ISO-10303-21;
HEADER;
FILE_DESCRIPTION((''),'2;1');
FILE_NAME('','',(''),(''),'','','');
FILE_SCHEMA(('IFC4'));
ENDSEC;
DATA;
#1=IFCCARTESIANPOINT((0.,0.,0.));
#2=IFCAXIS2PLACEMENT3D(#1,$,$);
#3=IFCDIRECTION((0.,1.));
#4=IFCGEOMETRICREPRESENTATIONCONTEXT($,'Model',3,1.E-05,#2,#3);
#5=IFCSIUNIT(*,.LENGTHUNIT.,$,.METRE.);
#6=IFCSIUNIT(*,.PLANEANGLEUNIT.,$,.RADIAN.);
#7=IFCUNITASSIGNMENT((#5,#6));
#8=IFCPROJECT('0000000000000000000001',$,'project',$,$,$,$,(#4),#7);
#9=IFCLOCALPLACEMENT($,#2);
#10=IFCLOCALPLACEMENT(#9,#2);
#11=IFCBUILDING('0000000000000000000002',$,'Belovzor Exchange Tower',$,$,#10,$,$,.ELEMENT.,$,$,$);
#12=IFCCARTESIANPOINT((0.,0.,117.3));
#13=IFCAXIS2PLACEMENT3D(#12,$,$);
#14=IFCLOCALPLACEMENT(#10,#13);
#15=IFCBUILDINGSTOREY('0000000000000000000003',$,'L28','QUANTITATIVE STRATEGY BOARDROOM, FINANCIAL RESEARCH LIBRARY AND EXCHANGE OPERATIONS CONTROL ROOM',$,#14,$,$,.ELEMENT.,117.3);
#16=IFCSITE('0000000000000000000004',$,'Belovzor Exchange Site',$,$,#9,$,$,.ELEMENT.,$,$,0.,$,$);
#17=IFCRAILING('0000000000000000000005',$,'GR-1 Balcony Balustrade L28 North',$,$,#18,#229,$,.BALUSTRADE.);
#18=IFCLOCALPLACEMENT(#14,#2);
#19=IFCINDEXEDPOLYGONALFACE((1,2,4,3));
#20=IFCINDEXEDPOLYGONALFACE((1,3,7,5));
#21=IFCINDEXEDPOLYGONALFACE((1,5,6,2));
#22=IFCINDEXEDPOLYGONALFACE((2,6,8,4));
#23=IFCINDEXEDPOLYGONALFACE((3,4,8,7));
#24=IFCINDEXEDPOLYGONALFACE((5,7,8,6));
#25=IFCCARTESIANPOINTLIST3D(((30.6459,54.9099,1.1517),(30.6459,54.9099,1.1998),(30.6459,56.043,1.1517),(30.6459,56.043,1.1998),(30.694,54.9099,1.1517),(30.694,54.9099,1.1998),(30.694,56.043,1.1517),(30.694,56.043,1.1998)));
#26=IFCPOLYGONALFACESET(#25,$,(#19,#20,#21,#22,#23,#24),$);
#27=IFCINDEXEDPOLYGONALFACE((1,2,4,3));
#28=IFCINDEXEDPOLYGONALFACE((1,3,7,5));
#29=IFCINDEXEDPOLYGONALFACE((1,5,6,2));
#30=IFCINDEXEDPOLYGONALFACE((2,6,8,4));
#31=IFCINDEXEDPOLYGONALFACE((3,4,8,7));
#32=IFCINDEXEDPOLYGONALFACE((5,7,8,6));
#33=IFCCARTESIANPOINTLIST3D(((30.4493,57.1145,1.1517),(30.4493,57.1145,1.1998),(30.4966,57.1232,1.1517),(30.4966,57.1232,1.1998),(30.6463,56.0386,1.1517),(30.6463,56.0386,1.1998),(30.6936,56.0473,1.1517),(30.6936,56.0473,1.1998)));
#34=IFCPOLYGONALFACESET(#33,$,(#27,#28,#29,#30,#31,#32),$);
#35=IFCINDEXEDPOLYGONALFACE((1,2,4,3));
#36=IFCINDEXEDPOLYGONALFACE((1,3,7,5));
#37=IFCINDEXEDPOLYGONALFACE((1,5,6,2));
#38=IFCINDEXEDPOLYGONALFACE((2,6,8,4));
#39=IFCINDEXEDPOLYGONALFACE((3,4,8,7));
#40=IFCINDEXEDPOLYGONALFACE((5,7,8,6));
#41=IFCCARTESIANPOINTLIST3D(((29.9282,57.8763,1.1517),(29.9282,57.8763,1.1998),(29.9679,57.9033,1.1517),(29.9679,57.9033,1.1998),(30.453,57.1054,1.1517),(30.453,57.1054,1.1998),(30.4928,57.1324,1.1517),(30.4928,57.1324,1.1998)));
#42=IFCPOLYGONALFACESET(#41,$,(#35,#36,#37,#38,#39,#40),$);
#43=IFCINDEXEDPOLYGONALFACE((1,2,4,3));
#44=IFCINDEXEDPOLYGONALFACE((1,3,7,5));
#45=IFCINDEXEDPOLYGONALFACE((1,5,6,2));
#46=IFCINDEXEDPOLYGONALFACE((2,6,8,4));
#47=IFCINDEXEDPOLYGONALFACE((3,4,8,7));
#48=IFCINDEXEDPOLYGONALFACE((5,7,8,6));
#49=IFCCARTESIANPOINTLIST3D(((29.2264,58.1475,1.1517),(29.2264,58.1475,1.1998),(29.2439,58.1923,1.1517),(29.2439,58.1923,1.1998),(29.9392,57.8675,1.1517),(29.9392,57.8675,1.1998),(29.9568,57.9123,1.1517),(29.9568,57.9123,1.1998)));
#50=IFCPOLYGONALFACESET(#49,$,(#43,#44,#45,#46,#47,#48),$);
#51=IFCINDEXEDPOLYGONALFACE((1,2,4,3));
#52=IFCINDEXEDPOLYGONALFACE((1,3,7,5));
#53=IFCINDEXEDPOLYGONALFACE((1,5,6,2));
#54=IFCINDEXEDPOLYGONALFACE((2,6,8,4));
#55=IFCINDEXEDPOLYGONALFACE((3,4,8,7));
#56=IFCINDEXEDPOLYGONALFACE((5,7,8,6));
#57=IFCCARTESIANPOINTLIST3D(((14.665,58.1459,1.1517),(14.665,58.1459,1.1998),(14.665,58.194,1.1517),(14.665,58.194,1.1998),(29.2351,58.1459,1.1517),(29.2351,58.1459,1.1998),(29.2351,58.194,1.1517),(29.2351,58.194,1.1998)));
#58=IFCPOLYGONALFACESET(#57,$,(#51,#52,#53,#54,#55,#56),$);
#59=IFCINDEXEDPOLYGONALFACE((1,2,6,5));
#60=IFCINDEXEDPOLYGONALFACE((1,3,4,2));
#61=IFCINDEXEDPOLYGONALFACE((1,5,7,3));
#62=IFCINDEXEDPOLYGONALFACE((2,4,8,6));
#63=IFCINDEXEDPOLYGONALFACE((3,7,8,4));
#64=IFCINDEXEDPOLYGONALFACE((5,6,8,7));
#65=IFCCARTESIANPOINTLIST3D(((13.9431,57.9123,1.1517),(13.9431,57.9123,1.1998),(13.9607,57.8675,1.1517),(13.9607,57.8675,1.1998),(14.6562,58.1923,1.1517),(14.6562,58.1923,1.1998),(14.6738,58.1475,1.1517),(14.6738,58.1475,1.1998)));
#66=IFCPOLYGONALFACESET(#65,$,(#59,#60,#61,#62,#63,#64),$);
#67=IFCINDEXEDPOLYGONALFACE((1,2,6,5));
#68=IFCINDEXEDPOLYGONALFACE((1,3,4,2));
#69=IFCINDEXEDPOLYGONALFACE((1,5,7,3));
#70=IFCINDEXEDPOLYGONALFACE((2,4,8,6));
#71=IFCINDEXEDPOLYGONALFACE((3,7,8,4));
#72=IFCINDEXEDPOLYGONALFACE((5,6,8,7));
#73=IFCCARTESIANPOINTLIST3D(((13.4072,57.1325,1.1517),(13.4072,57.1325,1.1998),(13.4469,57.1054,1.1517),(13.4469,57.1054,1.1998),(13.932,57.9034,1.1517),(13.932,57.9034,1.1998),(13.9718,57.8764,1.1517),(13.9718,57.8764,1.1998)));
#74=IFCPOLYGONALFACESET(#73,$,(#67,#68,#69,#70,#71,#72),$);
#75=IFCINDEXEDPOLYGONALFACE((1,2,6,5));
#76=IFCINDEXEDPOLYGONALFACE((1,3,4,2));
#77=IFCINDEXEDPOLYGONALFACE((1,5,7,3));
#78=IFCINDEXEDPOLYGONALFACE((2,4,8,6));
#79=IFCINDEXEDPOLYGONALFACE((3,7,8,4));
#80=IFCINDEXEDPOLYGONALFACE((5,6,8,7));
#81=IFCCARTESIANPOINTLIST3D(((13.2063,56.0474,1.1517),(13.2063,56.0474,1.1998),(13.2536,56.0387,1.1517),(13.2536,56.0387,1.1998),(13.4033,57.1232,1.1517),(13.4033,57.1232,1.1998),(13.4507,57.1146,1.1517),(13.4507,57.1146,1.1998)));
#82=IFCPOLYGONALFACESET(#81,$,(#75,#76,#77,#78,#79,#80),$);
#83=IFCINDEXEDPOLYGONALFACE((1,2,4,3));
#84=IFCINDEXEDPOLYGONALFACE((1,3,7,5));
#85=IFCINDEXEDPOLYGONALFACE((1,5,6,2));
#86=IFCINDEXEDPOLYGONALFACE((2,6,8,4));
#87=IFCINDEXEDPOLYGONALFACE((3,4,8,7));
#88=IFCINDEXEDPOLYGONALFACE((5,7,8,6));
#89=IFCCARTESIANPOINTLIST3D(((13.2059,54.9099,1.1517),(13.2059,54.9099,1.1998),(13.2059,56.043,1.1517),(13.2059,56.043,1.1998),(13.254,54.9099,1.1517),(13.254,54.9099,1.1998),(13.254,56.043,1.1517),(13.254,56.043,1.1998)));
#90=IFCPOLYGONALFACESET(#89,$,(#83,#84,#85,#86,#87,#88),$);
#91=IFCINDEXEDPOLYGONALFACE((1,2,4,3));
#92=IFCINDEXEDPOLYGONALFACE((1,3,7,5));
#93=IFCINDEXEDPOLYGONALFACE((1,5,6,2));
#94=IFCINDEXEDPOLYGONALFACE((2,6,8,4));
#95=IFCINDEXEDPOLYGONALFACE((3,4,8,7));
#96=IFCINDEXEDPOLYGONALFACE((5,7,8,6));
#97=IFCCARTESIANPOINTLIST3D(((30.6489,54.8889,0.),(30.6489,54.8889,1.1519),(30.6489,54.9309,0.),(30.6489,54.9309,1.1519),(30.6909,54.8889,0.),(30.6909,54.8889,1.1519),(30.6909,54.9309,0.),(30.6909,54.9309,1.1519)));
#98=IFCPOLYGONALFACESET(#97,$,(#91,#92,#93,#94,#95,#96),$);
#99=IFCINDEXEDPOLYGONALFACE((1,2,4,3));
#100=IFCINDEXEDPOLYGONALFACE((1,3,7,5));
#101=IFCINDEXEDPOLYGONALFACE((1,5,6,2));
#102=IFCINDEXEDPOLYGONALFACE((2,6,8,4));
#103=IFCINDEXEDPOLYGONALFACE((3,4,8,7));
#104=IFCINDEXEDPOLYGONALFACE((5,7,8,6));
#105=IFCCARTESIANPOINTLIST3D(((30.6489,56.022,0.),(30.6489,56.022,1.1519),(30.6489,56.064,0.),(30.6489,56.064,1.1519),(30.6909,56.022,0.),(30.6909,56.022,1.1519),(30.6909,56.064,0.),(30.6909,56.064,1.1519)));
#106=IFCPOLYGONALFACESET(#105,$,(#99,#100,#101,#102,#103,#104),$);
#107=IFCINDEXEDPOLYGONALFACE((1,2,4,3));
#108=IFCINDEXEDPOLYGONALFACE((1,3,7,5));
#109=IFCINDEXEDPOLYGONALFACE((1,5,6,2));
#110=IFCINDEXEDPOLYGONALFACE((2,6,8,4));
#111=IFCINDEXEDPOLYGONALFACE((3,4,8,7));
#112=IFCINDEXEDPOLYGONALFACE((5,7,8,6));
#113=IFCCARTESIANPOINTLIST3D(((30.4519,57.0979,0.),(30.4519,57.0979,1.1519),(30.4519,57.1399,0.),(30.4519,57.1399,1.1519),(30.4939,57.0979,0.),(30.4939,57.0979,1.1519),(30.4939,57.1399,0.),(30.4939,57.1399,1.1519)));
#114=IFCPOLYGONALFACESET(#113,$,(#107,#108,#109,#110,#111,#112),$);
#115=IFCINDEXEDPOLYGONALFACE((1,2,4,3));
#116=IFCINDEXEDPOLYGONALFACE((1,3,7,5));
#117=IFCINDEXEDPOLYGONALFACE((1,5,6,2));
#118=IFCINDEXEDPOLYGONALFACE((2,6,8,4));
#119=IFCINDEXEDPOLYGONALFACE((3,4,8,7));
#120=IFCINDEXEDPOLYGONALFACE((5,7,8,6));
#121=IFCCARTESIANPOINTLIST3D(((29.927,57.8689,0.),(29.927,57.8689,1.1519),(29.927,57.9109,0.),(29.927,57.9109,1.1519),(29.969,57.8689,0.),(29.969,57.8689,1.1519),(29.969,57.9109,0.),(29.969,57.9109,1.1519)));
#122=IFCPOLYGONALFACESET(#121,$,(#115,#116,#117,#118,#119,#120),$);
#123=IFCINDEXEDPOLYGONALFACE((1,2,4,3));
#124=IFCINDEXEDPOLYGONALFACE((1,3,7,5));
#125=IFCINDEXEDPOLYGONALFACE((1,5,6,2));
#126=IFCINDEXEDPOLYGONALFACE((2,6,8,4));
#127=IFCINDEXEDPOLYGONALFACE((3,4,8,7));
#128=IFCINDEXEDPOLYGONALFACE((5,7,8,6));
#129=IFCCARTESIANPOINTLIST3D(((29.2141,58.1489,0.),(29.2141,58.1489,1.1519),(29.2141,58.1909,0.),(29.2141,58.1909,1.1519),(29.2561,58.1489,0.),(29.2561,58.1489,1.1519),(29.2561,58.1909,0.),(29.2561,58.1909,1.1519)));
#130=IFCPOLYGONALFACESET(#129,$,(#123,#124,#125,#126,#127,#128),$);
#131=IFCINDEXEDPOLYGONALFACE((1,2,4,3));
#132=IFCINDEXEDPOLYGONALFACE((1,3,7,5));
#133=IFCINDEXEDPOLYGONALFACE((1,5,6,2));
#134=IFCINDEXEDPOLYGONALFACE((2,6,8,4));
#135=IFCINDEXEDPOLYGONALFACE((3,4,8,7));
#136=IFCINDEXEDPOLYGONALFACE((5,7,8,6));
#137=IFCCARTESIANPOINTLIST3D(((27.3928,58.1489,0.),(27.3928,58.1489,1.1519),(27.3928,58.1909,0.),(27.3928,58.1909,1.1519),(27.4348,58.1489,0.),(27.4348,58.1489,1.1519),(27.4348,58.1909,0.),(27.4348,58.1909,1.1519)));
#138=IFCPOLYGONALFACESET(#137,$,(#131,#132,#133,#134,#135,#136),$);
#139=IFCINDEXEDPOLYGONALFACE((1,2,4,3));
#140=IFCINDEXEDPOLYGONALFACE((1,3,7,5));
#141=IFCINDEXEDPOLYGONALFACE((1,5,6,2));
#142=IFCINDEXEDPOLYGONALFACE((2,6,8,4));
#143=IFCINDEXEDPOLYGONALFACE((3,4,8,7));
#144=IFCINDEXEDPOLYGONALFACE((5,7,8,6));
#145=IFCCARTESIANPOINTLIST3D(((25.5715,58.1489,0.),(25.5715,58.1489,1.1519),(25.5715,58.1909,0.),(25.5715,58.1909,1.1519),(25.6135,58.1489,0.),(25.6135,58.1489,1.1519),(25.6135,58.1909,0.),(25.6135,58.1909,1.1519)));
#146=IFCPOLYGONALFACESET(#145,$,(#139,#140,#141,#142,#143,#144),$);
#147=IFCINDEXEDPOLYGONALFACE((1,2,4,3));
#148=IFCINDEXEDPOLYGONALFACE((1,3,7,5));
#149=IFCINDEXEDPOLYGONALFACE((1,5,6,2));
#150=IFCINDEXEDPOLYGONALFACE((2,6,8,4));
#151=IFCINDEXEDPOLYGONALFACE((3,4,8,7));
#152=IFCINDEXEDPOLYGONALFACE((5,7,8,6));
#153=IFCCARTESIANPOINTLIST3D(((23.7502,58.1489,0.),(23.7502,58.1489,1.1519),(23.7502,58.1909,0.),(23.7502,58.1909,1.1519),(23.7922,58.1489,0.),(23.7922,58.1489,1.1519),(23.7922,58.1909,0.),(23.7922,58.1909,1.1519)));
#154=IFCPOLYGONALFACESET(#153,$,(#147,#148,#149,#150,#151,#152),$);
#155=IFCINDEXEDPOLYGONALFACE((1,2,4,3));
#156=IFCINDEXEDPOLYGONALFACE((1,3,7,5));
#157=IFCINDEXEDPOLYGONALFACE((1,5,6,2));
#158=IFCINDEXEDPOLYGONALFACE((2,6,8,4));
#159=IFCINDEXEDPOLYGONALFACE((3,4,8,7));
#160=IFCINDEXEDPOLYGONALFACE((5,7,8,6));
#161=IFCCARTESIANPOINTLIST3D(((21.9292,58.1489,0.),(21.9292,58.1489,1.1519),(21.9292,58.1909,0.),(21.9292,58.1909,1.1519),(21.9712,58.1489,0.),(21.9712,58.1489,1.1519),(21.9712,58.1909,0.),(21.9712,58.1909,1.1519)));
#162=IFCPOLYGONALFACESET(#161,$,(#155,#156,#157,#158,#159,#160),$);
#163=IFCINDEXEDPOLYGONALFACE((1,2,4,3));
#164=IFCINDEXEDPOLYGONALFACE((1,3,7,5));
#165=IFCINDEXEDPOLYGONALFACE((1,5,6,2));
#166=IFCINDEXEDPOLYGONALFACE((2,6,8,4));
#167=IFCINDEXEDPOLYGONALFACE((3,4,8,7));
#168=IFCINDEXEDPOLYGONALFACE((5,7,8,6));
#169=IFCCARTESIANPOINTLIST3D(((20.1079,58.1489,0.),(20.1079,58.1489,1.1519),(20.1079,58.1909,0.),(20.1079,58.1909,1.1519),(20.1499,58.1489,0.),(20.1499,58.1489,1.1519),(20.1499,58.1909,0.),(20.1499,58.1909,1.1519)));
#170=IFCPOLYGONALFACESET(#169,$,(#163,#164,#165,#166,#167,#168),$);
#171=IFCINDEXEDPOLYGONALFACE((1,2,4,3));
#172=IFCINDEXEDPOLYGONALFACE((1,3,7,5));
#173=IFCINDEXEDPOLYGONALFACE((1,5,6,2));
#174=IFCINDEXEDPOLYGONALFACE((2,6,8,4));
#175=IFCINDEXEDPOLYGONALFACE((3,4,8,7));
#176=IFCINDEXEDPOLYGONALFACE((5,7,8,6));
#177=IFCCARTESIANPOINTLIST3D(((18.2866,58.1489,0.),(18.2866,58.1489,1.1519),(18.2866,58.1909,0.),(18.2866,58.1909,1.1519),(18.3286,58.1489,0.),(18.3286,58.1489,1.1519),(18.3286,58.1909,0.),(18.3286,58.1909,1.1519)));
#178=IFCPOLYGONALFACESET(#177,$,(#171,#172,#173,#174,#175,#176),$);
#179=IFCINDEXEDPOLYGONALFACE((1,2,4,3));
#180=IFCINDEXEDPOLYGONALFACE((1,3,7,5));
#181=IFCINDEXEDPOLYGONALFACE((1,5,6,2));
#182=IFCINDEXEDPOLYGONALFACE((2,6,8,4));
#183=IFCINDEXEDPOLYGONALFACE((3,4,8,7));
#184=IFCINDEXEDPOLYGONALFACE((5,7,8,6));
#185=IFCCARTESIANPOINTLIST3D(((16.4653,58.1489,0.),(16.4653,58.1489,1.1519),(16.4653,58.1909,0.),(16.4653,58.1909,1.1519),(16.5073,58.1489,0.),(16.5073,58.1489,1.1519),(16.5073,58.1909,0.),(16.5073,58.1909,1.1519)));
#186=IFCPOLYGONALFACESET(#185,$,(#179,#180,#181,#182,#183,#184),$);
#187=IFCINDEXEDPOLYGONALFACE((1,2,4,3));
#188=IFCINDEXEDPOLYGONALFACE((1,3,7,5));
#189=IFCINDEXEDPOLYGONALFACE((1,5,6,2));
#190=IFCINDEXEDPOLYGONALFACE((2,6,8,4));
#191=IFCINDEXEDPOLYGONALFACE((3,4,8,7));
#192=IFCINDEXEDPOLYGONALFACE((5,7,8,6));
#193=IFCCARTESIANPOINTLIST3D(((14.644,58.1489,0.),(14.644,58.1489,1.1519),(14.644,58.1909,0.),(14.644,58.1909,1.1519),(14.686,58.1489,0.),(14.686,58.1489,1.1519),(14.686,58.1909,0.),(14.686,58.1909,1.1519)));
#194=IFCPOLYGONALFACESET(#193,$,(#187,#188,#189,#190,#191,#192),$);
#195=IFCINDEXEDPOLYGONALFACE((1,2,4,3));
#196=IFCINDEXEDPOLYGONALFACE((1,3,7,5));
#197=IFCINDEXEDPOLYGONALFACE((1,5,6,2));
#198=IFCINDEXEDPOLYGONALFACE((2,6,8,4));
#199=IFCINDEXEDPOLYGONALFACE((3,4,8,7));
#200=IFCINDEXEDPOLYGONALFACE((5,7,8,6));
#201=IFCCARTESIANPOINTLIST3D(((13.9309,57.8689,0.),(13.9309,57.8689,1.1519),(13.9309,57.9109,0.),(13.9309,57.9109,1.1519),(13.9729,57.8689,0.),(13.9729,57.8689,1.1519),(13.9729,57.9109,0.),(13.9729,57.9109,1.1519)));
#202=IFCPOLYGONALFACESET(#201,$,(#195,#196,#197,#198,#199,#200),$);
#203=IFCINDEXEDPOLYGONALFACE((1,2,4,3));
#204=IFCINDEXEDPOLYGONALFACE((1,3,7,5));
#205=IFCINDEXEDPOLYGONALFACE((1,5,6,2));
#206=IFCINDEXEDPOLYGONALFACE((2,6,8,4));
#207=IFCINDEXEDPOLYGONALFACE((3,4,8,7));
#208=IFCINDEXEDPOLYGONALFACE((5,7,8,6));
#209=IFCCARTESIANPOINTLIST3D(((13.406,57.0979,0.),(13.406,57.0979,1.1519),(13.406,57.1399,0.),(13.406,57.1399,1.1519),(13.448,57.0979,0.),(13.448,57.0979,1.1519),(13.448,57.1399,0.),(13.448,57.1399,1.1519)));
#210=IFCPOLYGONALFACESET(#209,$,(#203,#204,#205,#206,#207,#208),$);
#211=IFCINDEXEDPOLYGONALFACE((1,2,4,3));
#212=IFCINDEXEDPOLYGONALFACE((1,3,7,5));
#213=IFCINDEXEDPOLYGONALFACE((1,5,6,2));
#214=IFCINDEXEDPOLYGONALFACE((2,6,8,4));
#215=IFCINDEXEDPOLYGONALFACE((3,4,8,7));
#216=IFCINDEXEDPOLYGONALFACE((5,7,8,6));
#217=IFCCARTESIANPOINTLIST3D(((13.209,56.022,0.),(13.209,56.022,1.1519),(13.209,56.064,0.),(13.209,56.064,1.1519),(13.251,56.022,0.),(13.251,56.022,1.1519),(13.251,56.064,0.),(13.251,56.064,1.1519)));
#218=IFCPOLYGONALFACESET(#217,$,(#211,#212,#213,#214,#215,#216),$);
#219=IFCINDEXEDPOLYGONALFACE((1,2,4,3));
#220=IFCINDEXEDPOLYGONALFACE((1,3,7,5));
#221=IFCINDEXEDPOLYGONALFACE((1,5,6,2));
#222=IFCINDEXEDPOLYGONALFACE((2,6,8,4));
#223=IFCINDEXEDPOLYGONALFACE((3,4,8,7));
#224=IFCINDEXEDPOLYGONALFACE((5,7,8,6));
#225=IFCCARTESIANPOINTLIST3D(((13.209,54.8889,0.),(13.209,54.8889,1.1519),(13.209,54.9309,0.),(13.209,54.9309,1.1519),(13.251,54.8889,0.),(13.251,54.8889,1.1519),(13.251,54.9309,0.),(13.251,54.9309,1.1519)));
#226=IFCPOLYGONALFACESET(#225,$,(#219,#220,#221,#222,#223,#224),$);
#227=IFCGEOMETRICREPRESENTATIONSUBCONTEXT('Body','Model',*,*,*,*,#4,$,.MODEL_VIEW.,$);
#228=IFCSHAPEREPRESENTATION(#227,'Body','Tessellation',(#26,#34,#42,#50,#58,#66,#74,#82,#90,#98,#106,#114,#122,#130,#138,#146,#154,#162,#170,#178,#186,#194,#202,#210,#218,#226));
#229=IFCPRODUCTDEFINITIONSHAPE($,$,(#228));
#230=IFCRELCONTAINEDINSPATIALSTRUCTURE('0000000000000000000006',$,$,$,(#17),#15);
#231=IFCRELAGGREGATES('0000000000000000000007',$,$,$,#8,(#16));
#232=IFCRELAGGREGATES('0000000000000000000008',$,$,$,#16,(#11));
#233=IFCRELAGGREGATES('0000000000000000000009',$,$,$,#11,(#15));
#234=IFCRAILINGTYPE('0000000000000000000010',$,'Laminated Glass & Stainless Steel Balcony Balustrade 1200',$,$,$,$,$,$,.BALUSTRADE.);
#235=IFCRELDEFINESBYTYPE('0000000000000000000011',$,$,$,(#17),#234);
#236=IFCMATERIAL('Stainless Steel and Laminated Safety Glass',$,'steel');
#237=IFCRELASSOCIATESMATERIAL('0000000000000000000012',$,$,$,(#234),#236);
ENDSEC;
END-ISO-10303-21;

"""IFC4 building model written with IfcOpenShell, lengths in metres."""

from ifc_helpers import new_model, si_unit, direction, frame, origin, origin_2d, place, context, subcontext, project, spatial, rectangle, extrude, material, type_object, element, save


model = new_model("IFC4")

# Units and contexts
model_context = context("Model", 3, precision=1e-05, world=origin(), true_north=direction((0.0, 1.0)))
body_context = subcontext(model_context, "Body", "Model", "MODEL_VIEW")
ifc_project = project(units=[si_unit("LENGTHUNIT", "METRE"), si_unit("PLANEANGLEUNIT", "RADIAN")], contexts=[model_context])

# Site, building, storey
site_placement = place(None, origin())
site = spatial("IfcSite", under=ifc_project, at=site_placement, Name="Belovzor Exchange Site", CompositionType="ELEMENT", RefElevation=0.0)
building_placement = place(site_placement, origin())
building = spatial("IfcBuilding", under=site, at=building_placement, Name="Belovzor Exchange Tower", CompositionType="ELEMENT")
storey_placement = place(building_placement, frame((0.0, 0.0, 117.3)))
storey = spatial("IfcBuildingStorey", under=building, at=storey_placement, Name="L28", Description="QUANTITATIVE STRATEGY BOARDROOM, FINANCIAL RESEARCH LIBRARY AND EXCHANGE OPERATIONS CONTROL ROOM", CompositionType="ELEMENT", Elevation=117.3)

# Railing
ifc_material_1 = material(Name="Stainless Steel and Laminated Safety Glass", Category="steel")
railing_type = type_object("IfcRailingType", Name="Laminated Glass & Stainless Steel Balcony Balustrade 1200", PredefinedType="BALUSTRADE", material=ifc_material_1)
railing_placement = place(storey_placement, frame((30.6699, 54.9099, 0.0)))
element("IfcRailing", 1, at=railing_placement, inside=storey, type_object=railing_type, Name="GR-1 Balcony Balustrade L28 North", PredefinedType="BALUSTRADE", context=body_context, shape_type="SweptSolid", body=[
    extrude(rectangle(XDim=0.0481, YDim=0.0481, at=origin_2d()), frame((0.0, 0.0, 1.1758), z_axis=(0.0, 1.0, 0.0), x_axis=(-1.0, 0.0, 0.0)), (0.0, 0.0, 1.0), 1.1331),
    extrude(rectangle(XDim=0.0481, YDim=0.0481, at=origin_2d()), frame((0.0, 1.1331, 1.1758), z_axis=(-0.180123, 0.983644, 0.0), x_axis=(-0.983644, -0.180123, 0.0)), (0.0, 0.0, 1.0), 1.0938),
    extrude(rectangle(XDim=0.0481, YDim=0.0481, at=origin_2d()), frame((-0.197, 2.209, 1.1758), z_axis=(-0.562768, 0.826615, 0.0), x_axis=(-0.826615, -0.562768, 0.0)), (0.0, 0.0, 1.0), 0.9326),
    extrude(rectangle(XDim=0.0481, YDim=0.0481, at=origin_2d()), frame((-0.7219, 2.98, 1.1758), z_axis=(-0.930767, 0.365613, 0.0), x_axis=(-0.365613, -0.930767, 0.0)), (0.0, 0.0, 1.0), 0.7659),
    extrude(rectangle(XDim=0.0481, YDim=0.0481, at=origin_2d()), frame((-1.4348, 3.26, 1.1758), z_axis=(-1.0, 0.0, 0.0), x_axis=(0.0, -1.0, 0.0)), (0.0, 0.0, 1.0), 14.5701),
    extrude(rectangle(XDim=0.0481, YDim=0.0481, at=origin_2d()), frame((-16.0049, 3.26, 1.1758), z_axis=(-0.93081, -0.365504, 0.0), x_axis=(0.365504, -0.93081, 0.0)), (0.0, 0.0, 1.0), 0.7661),
    extrude(rectangle(XDim=0.0481, YDim=0.0481, at=origin_2d()), frame((-16.718, 2.98, 1.1758), z_axis=(-0.562768, -0.826615, 0.0), x_axis=(0.826615, -0.562768, 0.0)), (0.0, 0.0, 1.0), 0.9326),
    extrude(rectangle(XDim=0.0481, YDim=0.0481, at=origin_2d()), frame((-17.2429, 2.209, 1.1758), z_axis=(-0.180123, -0.983644, 0.0), x_axis=(0.983644, -0.180123, 0.0)), (0.0, 0.0, 1.0), 1.0938),
    extrude(rectangle(XDim=0.0481, YDim=0.0481, at=origin_2d()), frame((-17.4399, 1.1331, 1.1758), z_axis=(0.0, -1.0, 0.0), x_axis=(1.0, 0.0, 0.0)), (0.0, 0.0, 1.0), 1.1331),
    extrude(rectangle(XDim=0.042, YDim=0.042, at=origin_2d()), origin(), (0.0, 0.0, 1.0), 1.1519),
    extrude(rectangle(XDim=0.042, YDim=0.042, at=origin_2d()), frame((0.0, 1.1331, 0.0)), (0.0, 0.0, 1.0), 1.1519),
    extrude(rectangle(XDim=0.042, YDim=0.042, at=origin_2d()), frame((-0.197, 2.209, 0.0)), (0.0, 0.0, 1.0), 1.1519),
    extrude(rectangle(XDim=0.042, YDim=0.042, at=origin_2d()), frame((-0.7219, 2.98, 0.0)), (0.0, 0.0, 1.0), 1.1519),
    extrude(rectangle(XDim=0.042, YDim=0.042, at=origin_2d()), frame((-1.4348, 3.26, 0.0)), (0.0, 0.0, 1.0), 1.1519),
    extrude(rectangle(XDim=0.042, YDim=0.042, at=origin_2d()), frame((-3.2561, 3.26, 0.0)), (0.0, 0.0, 1.0), 1.1519),
    extrude(rectangle(XDim=0.042, YDim=0.042, at=origin_2d()), frame((-5.0774, 3.26, 0.0)), (0.0, 0.0, 1.0), 1.1519),
    extrude(rectangle(XDim=0.042, YDim=0.042, at=origin_2d()), frame((-6.8987, 3.26, 0.0)), (0.0, 0.0, 1.0), 1.1519),
    extrude(rectangle(XDim=0.042, YDim=0.042, at=origin_2d()), frame((-8.7197, 3.26, 0.0)), (0.0, 0.0, 1.0), 1.1519),
    extrude(rectangle(XDim=0.042, YDim=0.042, at=origin_2d()), frame((-10.541, 3.26, 0.0)), (0.0, 0.0, 1.0), 1.1519),
    extrude(rectangle(XDim=0.042, YDim=0.042, at=origin_2d()), frame((-12.3623, 3.26, 0.0)), (0.0, 0.0, 1.0), 1.1519),
    extrude(rectangle(XDim=0.042, YDim=0.042, at=origin_2d()), frame((-14.1836, 3.26, 0.0)), (0.0, 0.0, 1.0), 1.1519),
    extrude(rectangle(XDim=0.042, YDim=0.042, at=origin_2d()), frame((-16.0049, 3.26, 0.0)), (0.0, 0.0, 1.0), 1.1519),
    extrude(rectangle(XDim=0.042, YDim=0.042, at=origin_2d()), frame((-16.718, 2.98, 0.0)), (0.0, 0.0, 1.0), 1.1519),
    extrude(rectangle(XDim=0.042, YDim=0.042, at=origin_2d()), frame((-17.2429, 2.209, 0.0)), (0.0, 0.0, 1.0), 1.1519),
    extrude(rectangle(XDim=0.042, YDim=0.042, at=origin_2d()), frame((-17.4399, 1.1331, 0.0)), (0.0, 0.0, 1.0), 1.1519),
    extrude(rectangle(XDim=0.042, YDim=0.042, at=origin_2d()), frame((-17.4399, 0.0, 0.0)), (0.0, 0.0, 1.0), 1.1519),
])

save(model, "model.ifc")
